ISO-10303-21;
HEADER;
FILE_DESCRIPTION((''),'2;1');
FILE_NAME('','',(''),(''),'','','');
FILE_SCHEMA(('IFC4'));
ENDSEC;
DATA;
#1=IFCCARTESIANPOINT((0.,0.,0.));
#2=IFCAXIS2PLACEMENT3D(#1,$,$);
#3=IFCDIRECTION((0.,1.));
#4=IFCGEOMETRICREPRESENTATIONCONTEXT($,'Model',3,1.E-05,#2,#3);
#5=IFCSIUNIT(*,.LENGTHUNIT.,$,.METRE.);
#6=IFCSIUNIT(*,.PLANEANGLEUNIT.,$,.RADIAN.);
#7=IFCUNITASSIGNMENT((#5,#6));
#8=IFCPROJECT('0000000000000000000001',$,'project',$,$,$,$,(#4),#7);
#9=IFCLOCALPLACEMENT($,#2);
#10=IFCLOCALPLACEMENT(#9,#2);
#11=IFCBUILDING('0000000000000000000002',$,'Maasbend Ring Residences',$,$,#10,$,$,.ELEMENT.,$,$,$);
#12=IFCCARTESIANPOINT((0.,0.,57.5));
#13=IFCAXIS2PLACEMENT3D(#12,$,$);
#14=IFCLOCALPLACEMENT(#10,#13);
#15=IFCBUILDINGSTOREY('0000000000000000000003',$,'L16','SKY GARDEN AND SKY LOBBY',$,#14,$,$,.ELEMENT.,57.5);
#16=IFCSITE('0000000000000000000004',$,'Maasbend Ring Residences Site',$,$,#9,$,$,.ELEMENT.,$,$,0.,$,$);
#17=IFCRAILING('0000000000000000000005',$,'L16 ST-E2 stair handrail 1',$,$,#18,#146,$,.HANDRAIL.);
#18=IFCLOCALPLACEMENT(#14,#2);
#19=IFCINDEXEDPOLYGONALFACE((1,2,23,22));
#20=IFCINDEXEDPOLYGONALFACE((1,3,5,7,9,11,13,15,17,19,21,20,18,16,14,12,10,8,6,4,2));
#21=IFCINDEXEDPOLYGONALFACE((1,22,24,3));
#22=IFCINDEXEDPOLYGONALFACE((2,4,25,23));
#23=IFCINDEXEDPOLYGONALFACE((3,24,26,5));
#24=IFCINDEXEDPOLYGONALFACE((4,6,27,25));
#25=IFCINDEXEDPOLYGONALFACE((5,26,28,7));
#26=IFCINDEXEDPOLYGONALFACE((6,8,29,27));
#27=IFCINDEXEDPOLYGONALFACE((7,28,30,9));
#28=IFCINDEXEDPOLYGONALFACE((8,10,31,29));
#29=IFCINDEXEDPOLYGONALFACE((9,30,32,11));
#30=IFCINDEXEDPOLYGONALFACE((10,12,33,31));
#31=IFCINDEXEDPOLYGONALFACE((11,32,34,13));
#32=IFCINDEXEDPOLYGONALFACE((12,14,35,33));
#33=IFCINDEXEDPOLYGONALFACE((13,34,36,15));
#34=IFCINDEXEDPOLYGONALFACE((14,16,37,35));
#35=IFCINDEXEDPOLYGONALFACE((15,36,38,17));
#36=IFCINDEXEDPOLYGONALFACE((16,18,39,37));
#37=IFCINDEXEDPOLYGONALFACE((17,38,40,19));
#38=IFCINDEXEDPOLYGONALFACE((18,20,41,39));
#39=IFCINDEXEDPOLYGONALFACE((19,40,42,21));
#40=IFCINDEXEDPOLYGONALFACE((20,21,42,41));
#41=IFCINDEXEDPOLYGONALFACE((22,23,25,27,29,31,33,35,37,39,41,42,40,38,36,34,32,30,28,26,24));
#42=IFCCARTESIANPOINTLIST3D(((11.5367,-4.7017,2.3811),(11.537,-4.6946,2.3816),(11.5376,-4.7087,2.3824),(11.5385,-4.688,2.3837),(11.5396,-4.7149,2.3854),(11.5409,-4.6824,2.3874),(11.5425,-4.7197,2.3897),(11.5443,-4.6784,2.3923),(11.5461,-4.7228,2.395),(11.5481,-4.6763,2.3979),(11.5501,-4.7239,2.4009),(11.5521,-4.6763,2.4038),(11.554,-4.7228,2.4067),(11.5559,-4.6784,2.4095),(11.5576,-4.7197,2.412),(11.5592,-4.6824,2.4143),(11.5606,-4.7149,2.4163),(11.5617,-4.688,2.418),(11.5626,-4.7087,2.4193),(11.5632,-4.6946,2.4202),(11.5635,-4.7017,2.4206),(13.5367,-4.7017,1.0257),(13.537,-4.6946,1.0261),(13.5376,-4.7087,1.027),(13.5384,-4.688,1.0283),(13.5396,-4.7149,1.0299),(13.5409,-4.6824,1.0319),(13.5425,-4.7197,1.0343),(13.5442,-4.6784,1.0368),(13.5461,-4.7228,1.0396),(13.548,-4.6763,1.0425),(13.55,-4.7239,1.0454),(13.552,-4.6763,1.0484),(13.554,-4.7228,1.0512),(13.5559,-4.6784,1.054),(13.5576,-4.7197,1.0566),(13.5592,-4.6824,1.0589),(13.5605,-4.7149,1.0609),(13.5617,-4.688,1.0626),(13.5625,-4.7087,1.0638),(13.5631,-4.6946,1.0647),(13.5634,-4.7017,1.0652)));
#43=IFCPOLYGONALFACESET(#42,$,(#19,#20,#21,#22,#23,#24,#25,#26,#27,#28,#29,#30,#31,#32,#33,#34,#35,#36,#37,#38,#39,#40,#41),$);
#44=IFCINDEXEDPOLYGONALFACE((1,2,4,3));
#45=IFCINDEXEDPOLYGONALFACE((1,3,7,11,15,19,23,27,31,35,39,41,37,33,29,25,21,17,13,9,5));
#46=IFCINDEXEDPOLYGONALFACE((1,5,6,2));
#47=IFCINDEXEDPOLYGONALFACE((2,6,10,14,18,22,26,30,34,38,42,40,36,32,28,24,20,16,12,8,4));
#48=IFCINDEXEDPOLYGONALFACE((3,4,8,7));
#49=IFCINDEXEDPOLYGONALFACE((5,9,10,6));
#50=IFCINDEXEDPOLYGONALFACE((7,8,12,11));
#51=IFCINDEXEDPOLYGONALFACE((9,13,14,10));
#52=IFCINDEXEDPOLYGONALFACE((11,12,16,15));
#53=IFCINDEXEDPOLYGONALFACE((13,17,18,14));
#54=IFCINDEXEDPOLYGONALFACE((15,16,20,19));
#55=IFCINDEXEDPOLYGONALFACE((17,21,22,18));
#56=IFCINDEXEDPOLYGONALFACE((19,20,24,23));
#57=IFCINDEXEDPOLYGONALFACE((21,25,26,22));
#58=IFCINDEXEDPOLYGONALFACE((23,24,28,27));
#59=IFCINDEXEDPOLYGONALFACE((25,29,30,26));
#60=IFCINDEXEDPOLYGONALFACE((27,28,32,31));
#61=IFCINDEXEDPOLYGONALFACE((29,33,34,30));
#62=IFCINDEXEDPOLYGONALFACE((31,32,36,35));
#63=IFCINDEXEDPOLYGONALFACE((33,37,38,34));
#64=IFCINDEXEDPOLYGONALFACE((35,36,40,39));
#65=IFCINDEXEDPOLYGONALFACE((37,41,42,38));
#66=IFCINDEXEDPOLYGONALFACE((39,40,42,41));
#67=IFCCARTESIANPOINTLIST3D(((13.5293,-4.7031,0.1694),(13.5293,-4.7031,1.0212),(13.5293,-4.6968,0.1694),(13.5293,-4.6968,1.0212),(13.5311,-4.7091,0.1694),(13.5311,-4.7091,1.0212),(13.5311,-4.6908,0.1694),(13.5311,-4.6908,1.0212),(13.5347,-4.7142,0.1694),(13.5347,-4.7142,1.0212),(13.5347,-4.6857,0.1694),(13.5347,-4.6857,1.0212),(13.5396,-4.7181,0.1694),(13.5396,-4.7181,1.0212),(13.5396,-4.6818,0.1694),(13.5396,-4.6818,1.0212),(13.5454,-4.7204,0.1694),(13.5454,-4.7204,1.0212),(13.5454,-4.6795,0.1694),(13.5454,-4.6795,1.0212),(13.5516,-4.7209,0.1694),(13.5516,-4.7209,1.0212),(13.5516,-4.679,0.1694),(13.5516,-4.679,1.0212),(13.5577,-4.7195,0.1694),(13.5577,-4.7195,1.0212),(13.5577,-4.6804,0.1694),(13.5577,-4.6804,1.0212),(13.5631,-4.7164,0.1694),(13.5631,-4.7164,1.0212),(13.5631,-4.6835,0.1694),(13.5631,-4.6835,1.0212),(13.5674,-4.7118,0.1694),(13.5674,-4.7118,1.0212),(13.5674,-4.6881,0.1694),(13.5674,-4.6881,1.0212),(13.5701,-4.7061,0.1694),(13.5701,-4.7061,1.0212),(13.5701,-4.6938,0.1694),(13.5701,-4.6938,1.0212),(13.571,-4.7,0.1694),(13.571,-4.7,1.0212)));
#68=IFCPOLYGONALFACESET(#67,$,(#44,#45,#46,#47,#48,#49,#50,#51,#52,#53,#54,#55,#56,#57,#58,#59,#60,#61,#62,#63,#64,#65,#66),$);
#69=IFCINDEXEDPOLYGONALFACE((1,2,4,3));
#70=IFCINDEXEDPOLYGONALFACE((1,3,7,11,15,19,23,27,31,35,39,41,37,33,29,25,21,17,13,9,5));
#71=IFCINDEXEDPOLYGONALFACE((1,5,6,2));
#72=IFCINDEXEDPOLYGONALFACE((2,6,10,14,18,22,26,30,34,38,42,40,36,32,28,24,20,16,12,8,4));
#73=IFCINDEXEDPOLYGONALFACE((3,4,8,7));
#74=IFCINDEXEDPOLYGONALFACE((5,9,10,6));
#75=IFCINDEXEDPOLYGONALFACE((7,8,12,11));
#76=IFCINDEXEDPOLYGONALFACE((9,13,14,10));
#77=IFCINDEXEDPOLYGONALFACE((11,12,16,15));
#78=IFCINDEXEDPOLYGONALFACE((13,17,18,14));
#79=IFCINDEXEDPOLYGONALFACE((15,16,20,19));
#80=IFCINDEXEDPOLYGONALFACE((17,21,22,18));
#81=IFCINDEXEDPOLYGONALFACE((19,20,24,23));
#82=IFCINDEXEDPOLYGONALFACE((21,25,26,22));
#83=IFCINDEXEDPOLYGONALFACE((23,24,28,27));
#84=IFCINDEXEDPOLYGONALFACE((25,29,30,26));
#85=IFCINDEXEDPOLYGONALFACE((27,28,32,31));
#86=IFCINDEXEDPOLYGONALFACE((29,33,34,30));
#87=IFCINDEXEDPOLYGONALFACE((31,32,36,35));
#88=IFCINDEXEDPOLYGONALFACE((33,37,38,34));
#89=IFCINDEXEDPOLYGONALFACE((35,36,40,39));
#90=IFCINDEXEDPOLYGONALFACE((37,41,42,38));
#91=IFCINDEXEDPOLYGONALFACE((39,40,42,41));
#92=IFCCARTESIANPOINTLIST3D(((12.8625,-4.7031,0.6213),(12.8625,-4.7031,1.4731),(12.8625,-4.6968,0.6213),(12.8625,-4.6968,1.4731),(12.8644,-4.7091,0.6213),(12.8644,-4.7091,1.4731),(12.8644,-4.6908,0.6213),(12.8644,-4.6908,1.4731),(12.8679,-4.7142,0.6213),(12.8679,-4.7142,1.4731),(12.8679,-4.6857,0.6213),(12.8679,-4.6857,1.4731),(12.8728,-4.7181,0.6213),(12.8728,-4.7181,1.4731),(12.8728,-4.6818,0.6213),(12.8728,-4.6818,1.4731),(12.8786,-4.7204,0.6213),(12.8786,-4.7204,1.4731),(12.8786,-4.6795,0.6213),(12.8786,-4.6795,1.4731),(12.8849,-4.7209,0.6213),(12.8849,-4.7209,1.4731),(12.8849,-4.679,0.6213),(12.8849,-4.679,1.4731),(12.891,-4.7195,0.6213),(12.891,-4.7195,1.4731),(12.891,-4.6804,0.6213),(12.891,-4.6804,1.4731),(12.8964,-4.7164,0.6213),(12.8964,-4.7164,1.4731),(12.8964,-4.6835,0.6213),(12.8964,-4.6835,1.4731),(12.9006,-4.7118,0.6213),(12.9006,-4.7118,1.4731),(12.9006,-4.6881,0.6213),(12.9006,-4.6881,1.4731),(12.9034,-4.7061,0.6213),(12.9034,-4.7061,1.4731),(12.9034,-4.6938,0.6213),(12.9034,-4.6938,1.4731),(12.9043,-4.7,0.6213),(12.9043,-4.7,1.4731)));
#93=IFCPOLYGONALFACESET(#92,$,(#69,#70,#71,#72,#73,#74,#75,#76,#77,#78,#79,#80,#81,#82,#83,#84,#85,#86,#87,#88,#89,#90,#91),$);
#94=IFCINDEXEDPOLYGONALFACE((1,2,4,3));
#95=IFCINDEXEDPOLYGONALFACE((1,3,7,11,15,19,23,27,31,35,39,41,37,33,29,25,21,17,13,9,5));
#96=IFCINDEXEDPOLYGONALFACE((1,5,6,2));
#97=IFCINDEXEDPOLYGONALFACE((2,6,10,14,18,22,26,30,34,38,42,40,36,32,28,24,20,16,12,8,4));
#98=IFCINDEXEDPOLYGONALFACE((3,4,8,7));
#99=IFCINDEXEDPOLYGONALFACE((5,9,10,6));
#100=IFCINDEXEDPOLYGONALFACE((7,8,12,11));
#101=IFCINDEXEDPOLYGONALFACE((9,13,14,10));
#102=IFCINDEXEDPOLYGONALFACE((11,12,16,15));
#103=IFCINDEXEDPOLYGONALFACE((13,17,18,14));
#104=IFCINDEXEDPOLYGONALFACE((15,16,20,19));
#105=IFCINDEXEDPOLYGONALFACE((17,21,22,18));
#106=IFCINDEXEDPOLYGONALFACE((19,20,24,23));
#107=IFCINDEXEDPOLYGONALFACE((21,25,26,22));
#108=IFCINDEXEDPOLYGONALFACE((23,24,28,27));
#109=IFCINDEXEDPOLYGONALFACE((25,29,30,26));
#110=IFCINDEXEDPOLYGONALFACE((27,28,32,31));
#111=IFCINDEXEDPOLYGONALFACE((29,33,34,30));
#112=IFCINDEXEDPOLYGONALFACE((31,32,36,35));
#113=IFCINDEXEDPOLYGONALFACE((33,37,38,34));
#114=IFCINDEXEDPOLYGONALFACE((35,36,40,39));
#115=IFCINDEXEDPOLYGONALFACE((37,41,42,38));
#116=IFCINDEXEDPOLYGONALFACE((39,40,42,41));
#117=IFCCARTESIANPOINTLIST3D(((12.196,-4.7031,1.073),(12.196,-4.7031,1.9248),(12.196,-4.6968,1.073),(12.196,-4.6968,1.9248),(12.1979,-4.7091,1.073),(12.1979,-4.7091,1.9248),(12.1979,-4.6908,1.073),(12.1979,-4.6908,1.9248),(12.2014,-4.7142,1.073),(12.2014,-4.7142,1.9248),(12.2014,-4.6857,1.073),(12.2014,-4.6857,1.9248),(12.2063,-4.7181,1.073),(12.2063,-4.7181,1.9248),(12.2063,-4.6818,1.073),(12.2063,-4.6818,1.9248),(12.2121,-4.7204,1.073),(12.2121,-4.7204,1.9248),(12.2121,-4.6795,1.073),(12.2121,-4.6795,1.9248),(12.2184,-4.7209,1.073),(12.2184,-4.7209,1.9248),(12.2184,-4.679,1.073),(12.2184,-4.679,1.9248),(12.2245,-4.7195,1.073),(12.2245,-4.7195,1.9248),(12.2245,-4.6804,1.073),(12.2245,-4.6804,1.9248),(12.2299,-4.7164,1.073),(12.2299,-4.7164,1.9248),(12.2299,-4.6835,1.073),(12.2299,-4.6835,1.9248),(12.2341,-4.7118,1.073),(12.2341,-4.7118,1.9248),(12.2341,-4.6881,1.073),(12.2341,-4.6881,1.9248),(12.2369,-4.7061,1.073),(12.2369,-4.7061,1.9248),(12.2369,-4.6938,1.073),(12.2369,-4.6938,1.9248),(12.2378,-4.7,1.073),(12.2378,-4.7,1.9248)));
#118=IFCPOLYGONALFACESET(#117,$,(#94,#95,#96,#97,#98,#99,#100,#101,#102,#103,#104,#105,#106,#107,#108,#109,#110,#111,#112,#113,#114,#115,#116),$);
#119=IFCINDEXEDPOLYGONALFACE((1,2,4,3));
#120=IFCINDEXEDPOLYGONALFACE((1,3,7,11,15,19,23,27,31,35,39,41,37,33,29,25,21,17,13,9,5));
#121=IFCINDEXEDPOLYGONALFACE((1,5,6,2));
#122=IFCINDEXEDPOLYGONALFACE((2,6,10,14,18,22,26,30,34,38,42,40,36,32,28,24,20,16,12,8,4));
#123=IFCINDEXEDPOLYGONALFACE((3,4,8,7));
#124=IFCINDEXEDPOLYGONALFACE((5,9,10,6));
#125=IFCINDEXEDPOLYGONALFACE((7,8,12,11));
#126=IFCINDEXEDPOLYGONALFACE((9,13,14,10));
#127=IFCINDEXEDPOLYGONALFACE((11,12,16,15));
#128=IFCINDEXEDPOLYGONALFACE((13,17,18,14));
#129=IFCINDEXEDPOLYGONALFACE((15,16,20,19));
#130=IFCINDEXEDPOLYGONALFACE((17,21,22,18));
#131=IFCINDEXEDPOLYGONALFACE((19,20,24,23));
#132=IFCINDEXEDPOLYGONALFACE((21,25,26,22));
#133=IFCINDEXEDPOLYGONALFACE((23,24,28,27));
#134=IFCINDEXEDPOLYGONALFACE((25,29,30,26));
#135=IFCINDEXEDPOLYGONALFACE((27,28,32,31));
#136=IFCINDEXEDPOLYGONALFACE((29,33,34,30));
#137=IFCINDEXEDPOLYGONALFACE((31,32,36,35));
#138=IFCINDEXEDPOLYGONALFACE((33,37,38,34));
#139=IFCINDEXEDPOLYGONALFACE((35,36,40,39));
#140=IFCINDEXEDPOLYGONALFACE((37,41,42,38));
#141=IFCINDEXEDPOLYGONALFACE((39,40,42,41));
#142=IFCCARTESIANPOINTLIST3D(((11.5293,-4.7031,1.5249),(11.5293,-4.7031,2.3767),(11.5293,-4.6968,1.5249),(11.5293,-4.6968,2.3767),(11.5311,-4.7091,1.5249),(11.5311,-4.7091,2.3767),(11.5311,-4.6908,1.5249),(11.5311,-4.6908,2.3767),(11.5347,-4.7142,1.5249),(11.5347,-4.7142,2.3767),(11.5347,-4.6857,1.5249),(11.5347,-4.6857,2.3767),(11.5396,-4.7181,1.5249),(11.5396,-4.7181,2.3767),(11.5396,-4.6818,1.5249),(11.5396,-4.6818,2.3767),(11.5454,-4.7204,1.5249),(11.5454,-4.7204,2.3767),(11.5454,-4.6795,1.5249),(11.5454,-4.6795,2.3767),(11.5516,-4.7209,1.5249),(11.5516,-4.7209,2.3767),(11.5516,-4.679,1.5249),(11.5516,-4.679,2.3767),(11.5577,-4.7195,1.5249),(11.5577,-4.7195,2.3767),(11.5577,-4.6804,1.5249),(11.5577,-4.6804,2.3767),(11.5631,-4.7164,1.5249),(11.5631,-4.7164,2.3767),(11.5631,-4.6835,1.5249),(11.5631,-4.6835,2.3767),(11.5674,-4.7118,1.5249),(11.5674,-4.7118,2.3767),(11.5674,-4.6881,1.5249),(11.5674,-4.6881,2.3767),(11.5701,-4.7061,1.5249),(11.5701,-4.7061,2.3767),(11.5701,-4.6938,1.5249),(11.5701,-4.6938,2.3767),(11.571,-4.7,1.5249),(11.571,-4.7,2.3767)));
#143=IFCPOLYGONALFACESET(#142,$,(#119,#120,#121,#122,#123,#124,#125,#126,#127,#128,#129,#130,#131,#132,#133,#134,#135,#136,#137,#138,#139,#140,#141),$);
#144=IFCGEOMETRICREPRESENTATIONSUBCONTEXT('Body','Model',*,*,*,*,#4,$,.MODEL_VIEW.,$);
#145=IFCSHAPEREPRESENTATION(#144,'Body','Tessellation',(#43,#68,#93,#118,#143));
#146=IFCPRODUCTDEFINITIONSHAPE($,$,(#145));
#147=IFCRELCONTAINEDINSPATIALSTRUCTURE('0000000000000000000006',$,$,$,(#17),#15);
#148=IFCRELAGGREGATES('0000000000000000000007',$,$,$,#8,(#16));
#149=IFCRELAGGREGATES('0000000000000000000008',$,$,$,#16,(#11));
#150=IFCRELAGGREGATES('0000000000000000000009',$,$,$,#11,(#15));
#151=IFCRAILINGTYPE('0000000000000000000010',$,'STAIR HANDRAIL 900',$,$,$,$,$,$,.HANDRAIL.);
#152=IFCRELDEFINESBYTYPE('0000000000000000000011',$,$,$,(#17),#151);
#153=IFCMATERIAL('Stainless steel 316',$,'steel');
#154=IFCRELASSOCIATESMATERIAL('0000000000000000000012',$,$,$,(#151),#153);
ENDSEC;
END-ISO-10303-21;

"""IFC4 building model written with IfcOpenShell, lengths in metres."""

from ifc_helpers import new_model, si_unit, direction, frame, origin, origin_2d, place, context, subcontext, project, spatial, circle, extrude, material, type_object, element, save


model = new_model("IFC4")

# Units and contexts
model_context = context("Model", 3, precision=1e-05, world=origin(), true_north=direction((0.0, 1.0)))
body_context = subcontext(model_context, "Body", "Model", "MODEL_VIEW")
ifc_project = project(units=[si_unit("LENGTHUNIT", "METRE"), si_unit("PLANEANGLEUNIT", "RADIAN")], contexts=[model_context])

# Site, building, storey
site_placement = place(None, origin())
site = spatial("IfcSite", under=ifc_project, at=site_placement, Name="Maasbend Ring Residences Site", CompositionType="ELEMENT", RefElevation=0.0)
building_placement = place(site_placement, origin())
building = spatial("IfcBuilding", under=site, at=building_placement, Name="Maasbend Ring Residences", CompositionType="ELEMENT")
storey_placement = place(building_placement, frame((0.0, 0.0, 57.5)))
storey = spatial("IfcBuildingStorey", under=building, at=storey_placement, Name="L16", Description="SKY GARDEN AND SKY LOBBY", CompositionType="ELEMENT", Elevation=57.5)

# Railing
ifc_material_1 = material(Name="Stainless steel 316", Category="steel")
railing_type_1 = type_object("IfcRailingType", Name="STAIR HANDRAIL 900", PredefinedType="HANDRAIL", material=ifc_material_1)
railing_1_placement = place(storey_placement, frame((13.55, -4.7, 0.1694)))
element("IfcRailing", 1, at=railing_1_placement, inside=storey, type_object=railing_type_1, Name="L16 ST-E2 stair handrail 1", PredefinedType="HANDRAIL", context=body_context, shape_type="SweptSolid", body=[
    extrude(circle(Radius=0.0239, at=origin_2d()), frame((0.0, 0.0, 0.876), z_axis=(-0.827798, 0.0, 0.561027), x_axis=(0.0, -1.0, 0.0)), (0.0, 0.0, 1.0), 2.416),
    extrude(circle(Radius=0.021, at=origin_2d()), origin(), (0.0, 0.0, 1.0), 0.8518),
    extrude(circle(Radius=0.021, at=origin_2d()), frame((-0.6667, 0.0, 0.4519)), (0.0, 0.0, 1.0), 0.8518),
    extrude(circle(Radius=0.021, at=origin_2d()), frame((-1.3333, 0.0, 0.9036)), (0.0, 0.0, 1.0), 0.8518),
    extrude(circle(Radius=0.021, at=origin_2d()), frame((-2.0, 0.0, 1.3555)), (0.0, 0.0, 1.0), 0.8518),
])

save(model, "model.ifc")
